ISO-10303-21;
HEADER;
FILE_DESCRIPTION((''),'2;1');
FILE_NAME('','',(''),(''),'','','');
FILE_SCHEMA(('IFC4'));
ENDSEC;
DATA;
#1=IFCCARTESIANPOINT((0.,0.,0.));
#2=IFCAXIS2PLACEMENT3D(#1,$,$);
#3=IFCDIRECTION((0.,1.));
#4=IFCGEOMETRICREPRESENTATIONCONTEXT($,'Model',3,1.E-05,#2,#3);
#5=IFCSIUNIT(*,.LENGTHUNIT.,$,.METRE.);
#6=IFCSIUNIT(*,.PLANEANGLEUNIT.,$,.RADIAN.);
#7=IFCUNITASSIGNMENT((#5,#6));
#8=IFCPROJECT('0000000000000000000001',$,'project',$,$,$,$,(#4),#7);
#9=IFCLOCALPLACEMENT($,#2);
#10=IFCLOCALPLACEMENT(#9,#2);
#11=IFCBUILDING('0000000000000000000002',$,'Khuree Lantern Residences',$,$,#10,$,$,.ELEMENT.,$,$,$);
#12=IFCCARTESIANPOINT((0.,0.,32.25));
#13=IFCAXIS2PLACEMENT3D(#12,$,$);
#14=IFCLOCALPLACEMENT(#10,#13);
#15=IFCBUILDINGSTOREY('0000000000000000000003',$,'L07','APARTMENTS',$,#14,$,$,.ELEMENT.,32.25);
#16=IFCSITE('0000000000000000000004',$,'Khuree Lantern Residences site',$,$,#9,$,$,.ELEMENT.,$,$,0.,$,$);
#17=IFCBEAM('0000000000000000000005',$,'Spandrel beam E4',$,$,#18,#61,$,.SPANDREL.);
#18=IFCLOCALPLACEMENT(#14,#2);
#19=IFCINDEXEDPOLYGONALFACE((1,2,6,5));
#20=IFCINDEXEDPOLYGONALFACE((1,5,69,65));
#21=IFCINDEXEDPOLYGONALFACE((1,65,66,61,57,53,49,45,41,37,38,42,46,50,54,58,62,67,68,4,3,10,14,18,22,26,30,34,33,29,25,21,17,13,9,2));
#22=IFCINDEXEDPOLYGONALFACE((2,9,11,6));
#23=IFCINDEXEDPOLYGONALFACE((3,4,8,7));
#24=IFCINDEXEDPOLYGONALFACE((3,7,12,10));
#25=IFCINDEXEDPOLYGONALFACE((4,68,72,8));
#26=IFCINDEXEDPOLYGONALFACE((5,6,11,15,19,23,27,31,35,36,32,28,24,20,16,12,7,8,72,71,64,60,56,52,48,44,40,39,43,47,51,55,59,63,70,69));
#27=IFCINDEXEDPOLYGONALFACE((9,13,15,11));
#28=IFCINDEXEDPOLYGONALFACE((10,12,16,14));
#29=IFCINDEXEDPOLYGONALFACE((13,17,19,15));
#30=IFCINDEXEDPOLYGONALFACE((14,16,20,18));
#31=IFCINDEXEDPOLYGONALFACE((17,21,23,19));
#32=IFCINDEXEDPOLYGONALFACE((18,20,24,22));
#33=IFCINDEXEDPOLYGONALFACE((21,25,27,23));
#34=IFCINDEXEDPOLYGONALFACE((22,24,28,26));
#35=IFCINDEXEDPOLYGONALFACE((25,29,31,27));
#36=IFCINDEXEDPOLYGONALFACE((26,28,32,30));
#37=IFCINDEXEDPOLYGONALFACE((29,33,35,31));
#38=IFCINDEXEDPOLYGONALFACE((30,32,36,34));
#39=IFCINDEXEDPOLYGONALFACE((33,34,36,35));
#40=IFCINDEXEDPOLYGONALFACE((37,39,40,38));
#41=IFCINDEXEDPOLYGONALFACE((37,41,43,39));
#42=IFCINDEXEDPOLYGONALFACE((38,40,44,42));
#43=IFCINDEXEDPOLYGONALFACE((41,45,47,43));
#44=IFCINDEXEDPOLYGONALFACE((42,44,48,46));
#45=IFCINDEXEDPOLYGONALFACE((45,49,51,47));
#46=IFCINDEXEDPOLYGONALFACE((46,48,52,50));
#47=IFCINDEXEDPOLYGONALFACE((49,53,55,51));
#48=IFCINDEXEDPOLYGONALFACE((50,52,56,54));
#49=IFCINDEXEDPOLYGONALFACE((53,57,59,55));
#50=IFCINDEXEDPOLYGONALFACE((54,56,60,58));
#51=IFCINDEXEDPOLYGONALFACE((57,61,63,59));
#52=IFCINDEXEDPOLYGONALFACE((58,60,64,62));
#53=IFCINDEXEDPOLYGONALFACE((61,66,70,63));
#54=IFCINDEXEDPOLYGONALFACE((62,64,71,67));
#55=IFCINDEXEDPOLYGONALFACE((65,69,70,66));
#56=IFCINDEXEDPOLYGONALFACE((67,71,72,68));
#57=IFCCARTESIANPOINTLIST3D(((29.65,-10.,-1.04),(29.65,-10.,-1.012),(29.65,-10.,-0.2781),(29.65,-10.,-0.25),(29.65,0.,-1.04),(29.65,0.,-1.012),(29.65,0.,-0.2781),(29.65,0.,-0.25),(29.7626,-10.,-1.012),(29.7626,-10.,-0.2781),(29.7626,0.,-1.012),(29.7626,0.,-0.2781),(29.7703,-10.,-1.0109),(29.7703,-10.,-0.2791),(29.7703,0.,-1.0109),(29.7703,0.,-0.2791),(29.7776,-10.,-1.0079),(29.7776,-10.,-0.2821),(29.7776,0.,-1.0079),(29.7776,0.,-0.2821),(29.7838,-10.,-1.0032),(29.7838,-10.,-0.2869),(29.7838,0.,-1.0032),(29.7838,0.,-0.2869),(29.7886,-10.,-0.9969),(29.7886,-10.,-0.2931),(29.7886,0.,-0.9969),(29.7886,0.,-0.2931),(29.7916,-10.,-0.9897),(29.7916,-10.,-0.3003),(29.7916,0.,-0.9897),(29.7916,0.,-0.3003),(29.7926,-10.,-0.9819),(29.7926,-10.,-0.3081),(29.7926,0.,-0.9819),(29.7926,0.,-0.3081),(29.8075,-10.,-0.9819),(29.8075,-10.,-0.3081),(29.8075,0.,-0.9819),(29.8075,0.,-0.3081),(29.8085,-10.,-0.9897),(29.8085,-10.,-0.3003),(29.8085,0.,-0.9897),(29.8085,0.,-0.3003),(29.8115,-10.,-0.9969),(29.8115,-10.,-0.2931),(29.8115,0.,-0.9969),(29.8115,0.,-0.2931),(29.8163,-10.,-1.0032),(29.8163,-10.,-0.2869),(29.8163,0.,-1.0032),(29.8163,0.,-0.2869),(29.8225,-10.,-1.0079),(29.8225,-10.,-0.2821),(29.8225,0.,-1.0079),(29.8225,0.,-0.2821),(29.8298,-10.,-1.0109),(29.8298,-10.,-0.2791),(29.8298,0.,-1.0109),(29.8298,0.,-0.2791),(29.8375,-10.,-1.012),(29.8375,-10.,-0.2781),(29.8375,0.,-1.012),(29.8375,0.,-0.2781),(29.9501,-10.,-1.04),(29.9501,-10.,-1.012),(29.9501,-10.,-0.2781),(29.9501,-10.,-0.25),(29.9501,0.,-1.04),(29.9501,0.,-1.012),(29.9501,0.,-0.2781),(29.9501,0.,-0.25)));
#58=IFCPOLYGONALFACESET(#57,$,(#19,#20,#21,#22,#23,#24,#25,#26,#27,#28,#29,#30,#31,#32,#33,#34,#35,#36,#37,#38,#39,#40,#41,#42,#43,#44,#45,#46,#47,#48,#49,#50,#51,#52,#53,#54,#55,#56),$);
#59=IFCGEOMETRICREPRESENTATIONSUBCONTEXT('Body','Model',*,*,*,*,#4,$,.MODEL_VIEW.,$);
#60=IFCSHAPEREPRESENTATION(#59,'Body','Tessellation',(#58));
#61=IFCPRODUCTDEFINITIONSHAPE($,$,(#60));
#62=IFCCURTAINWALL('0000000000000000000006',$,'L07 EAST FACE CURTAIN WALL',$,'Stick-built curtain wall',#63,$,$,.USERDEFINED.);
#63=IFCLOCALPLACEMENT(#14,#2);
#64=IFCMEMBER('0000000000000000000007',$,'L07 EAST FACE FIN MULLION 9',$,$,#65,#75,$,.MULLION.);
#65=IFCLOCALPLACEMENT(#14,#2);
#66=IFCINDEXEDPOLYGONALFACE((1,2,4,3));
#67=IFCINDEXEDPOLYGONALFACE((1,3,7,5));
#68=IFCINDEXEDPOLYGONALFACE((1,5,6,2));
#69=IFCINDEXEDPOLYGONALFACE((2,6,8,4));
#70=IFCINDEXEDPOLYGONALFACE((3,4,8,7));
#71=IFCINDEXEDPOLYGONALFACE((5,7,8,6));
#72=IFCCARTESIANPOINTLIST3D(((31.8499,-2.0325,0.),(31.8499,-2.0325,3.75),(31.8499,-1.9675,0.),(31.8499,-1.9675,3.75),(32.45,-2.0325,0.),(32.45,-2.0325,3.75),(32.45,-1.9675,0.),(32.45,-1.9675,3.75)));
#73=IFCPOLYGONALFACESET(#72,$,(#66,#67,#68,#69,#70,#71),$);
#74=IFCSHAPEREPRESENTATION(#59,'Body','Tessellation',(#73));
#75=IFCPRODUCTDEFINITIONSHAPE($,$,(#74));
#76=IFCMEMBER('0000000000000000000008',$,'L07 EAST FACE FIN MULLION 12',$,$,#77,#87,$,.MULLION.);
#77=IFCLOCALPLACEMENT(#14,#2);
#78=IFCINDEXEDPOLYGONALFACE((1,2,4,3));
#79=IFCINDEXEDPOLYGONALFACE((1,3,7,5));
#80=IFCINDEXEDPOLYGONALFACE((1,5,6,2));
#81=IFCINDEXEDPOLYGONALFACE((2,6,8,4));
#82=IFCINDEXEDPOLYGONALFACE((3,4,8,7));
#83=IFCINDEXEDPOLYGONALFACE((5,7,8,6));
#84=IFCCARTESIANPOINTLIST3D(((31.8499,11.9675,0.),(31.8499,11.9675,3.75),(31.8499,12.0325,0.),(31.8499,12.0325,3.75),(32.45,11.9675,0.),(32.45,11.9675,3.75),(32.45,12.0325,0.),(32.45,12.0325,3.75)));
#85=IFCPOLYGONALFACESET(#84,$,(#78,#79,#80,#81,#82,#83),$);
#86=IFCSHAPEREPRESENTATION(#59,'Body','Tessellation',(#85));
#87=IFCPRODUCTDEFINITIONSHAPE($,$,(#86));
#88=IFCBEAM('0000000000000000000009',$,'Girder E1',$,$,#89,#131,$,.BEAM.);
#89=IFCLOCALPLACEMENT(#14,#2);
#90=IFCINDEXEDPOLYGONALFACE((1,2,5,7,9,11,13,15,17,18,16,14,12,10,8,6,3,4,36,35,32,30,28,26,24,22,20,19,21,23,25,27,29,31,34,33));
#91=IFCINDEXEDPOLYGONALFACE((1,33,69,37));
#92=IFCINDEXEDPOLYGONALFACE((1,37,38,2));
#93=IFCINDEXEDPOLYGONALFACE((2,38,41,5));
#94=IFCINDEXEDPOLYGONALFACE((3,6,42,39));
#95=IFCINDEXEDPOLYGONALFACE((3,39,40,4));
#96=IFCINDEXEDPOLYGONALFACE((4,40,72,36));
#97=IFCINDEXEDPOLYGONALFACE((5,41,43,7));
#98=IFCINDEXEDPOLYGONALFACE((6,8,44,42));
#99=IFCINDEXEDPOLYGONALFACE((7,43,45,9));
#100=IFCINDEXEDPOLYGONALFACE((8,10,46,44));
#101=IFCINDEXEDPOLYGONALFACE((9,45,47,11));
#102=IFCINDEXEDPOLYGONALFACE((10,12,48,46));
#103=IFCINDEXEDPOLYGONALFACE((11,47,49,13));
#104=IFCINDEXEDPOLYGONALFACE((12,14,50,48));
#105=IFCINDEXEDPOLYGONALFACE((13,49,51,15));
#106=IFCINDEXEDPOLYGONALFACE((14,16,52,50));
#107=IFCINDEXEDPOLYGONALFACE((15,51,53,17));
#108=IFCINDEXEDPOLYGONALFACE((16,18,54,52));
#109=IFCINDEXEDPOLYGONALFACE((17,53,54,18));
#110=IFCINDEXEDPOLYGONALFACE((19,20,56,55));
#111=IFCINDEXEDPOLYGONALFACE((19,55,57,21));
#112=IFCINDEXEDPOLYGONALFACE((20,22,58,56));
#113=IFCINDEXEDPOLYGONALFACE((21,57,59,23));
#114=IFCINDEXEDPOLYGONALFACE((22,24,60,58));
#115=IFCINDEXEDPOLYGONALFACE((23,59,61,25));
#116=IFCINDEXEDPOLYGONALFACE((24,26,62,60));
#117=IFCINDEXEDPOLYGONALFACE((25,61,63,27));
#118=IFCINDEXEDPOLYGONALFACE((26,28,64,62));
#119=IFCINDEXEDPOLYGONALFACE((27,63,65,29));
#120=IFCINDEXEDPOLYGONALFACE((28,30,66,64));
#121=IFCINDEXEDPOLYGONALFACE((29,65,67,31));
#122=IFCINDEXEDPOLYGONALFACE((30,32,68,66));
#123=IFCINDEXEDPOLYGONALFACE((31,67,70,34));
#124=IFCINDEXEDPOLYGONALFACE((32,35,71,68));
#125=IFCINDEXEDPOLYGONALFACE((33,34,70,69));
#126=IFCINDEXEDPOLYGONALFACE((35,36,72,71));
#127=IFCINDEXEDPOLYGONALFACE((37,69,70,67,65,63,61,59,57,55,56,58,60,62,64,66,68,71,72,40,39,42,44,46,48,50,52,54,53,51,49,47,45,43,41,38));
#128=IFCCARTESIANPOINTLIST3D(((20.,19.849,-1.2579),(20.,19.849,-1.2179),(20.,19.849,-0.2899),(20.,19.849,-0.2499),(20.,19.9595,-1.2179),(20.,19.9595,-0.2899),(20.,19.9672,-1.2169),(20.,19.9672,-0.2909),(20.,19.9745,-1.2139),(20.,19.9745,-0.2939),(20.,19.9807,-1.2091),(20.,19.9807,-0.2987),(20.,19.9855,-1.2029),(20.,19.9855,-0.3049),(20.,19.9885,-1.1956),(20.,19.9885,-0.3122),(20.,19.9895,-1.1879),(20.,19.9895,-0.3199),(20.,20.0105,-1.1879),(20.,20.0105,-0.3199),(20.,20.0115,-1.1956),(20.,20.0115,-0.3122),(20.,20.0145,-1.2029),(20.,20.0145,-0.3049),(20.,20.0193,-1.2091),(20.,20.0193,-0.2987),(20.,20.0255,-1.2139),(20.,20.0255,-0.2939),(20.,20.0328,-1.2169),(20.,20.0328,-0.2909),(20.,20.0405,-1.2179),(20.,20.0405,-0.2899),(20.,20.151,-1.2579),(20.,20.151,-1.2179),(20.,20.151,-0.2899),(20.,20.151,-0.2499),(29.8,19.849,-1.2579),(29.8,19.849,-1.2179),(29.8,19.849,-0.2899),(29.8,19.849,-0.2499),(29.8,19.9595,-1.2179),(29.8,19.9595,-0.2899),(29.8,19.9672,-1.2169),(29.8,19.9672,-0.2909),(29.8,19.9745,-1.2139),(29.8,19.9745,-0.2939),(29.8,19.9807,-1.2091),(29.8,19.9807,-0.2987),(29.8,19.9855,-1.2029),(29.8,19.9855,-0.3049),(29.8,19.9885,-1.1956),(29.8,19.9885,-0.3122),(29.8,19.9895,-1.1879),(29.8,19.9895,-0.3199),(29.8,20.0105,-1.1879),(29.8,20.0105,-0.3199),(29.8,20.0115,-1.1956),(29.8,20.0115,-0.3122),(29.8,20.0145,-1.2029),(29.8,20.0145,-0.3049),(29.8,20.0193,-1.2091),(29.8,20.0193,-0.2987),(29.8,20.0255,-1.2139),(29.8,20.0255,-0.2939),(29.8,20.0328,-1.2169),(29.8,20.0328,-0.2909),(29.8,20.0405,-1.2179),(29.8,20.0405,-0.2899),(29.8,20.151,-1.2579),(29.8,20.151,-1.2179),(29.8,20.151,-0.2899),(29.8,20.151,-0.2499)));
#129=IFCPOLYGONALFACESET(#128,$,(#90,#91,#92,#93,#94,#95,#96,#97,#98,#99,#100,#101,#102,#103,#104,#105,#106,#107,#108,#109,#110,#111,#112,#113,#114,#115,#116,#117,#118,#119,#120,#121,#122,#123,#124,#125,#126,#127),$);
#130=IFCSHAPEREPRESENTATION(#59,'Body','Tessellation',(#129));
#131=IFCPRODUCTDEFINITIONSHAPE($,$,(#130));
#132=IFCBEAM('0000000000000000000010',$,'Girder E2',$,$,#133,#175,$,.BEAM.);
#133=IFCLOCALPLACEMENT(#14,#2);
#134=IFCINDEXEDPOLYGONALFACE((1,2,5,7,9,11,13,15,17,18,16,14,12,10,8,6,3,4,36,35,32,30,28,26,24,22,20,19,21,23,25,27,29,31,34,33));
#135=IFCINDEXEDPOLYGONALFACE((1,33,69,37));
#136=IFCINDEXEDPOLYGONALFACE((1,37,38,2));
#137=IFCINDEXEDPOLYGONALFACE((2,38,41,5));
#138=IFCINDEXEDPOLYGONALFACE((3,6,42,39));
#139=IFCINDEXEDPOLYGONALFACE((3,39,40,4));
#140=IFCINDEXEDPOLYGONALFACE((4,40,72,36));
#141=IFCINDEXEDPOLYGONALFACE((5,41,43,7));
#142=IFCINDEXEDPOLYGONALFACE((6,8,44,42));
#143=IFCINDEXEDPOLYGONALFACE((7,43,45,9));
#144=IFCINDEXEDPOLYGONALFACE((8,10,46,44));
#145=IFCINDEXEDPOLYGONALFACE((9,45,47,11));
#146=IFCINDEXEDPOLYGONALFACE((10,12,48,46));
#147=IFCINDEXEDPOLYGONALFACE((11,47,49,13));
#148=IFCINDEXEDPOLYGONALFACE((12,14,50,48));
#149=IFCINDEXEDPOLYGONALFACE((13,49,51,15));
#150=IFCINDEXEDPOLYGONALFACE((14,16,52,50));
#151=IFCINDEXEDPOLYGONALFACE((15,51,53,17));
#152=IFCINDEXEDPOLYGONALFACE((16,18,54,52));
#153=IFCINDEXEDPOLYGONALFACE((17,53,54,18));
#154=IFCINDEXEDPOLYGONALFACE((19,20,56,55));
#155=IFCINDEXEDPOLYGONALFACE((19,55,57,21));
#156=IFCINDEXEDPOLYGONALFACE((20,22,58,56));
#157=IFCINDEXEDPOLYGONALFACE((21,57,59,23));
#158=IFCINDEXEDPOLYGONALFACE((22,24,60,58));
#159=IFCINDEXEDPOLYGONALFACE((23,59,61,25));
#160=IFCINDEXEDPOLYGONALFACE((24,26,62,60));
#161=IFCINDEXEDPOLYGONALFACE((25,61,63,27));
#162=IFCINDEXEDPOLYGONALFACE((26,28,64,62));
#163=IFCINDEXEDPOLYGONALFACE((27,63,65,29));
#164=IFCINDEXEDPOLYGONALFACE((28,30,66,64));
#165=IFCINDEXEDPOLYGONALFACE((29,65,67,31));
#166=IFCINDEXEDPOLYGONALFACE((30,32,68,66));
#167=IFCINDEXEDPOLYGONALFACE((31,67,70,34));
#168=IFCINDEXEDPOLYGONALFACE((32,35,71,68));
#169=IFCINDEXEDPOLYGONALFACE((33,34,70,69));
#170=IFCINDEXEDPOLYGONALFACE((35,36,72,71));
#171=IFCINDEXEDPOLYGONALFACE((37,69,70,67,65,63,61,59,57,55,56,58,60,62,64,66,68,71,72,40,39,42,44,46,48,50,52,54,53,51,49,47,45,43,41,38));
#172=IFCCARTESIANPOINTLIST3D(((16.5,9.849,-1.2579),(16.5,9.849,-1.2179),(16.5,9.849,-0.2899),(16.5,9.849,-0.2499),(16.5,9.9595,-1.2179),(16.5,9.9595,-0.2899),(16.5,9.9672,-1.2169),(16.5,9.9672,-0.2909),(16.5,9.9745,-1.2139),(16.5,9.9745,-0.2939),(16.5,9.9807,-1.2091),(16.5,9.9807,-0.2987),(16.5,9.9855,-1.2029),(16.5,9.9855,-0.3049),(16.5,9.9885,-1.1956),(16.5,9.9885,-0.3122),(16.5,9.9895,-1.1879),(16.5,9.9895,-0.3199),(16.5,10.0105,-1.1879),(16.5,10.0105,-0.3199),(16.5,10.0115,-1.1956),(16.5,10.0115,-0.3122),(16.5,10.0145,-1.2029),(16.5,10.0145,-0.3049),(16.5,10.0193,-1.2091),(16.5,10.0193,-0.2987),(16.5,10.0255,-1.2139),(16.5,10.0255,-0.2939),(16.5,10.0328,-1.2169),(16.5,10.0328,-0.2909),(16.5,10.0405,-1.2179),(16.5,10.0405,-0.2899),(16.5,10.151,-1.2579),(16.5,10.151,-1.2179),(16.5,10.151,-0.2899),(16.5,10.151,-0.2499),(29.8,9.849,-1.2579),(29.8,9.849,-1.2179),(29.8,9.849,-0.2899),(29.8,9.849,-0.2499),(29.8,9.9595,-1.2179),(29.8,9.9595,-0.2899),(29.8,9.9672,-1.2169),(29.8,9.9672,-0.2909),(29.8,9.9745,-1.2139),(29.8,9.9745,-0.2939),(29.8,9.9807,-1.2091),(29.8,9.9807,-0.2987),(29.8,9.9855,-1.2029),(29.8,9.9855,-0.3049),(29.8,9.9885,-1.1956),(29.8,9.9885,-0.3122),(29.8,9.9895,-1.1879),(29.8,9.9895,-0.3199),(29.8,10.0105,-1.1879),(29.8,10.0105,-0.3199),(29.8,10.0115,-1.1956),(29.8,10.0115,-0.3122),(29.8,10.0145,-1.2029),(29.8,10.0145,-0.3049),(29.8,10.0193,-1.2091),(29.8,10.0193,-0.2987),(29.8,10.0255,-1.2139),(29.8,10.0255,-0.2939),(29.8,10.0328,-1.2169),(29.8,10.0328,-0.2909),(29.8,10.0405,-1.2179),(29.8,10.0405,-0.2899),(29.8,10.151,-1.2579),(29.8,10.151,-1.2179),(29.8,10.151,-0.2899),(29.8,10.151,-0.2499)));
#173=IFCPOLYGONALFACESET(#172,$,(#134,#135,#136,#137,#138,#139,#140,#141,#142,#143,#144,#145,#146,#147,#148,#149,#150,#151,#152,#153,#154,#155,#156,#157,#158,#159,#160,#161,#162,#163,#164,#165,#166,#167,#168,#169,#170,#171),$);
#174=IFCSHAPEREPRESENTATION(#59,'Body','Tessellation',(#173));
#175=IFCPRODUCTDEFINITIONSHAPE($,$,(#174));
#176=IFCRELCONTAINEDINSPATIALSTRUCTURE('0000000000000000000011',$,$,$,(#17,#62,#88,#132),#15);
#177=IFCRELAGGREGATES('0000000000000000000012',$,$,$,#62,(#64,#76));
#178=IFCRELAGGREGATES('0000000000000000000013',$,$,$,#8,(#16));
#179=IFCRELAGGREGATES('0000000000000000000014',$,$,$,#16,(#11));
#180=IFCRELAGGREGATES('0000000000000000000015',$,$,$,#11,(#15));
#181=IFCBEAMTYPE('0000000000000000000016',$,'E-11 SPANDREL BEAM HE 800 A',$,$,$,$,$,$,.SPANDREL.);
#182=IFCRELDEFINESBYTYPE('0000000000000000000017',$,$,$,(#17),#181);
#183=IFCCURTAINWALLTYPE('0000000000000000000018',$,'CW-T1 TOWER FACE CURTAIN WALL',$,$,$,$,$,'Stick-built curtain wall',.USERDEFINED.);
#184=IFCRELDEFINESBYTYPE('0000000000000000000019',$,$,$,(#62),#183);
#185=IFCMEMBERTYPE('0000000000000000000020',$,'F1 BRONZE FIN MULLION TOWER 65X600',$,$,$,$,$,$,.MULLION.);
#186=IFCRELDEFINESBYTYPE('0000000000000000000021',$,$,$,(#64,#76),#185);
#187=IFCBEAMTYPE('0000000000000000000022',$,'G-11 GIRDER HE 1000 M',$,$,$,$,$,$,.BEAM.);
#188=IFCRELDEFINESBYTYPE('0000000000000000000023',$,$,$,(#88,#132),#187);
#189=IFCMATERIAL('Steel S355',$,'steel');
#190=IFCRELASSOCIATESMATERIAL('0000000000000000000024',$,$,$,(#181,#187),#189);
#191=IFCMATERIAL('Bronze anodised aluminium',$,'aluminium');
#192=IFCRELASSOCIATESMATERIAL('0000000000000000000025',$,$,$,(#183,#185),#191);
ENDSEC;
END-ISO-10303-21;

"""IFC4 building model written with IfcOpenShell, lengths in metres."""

from ifc_helpers import new_model, si_unit, direction, frame, origin, origin_2d, place, context, subcontext, project, spatial, rectangle, i_section, extrude, material, material_profile, profile_set, type_object, element, aggregate, save


model = new_model("IFC4")

# Units and contexts
model_context = context("Model", 3, precision=1e-05, world=origin(), true_north=direction((0.0, 1.0)))
body_context = subcontext(model_context, "Body", "Model", "MODEL_VIEW")
ifc_project = project(units=[si_unit("LENGTHUNIT", "METRE"), si_unit("PLANEANGLEUNIT", "RADIAN")], contexts=[model_context])

# Site, building, storey
site_placement = place(None, origin())
site = spatial("IfcSite", under=ifc_project, at=site_placement, Name="Khuree Lantern Residences site", CompositionType="ELEMENT", RefElevation=0.0)
building_placement = place(site_placement, origin())
building = spatial("IfcBuilding", under=site, at=building_placement, Name="Khuree Lantern Residences", CompositionType="ELEMENT")
storey_placement = place(building_placement, frame((0.0, 0.0, 32.25)))
storey = spatial("IfcBuildingStorey", under=building, at=storey_placement, Name="L07", Description="APARTMENTS", CompositionType="ELEMENT", Elevation=32.25)

# Beam
ifc_material_1 = material(Name="Steel S355", Category="steel")
ifc_material_profile_1 = material_profile(ifc_material_1, i_section(OverallWidth=0.3, OverallDepth=0.79, WebThickness=0.0149, FlangeThickness=0.0281, FilletRadius=0.03, at=origin_2d()), Name="HE 800 A")
ifc_profile_set_1 = profile_set([ifc_material_profile_1], Name="Steel S355")
beam_type_1 = type_object("IfcBeamType", Name="E-11 SPANDREL BEAM HE 800 A", PredefinedType="SPANDREL", material=ifc_profile_set_1)
for number, where, z_axis, x_axis, name in (
    (1, (29.8, 0.0, -0.645), (0.0, -1.0, 0.0), (1.0, 0.0, 0.0), "Spandrel beam E4"),
):
    element("IfcBeam", number, at=place(storey_placement, frame(where, z_axis=z_axis, x_axis=x_axis)), inside=storey, type_object=beam_type_1, Name=name, PredefinedType="SPANDREL", context=body_context, shape_type="SweptSolid", body=[
        extrude(i_section(OverallWidth=0.3, OverallDepth=0.79, WebThickness=0.0149, FlangeThickness=0.0281, FilletRadius=0.03, at=origin_2d()), origin(), (0.0, 0.0, 1.0), 10.0),
    ])

# Curtain wall, members
ifc_material_2 = material(Name="Bronze anodised aluminium", Category="aluminium")
curtain_wall_type = type_object("IfcCurtainWallType", Name="CW-T1 TOWER FACE CURTAIN WALL", ElementType="Stick-built curtain wall", PredefinedType="USERDEFINED", material=ifc_material_2)
curtain_wall_placement = place(storey_placement, origin())
curtain_wall = element("IfcCurtainWall", 2, at=curtain_wall_placement, inside=storey, type_object=curtain_wall_type, Name="L07 EAST FACE CURTAIN WALL", ObjectType="Stick-built curtain wall", PredefinedType="USERDEFINED")
ifc_material_profile_2 = material_profile(ifc_material_2, rectangle(XDim=0.0649, YDim=0.6001, at=origin_2d()), Name="F1 65X600")
ifc_profile_set_2 = profile_set([ifc_material_profile_2], Name="Bronze anodised aluminium")
member_type_1 = type_object("IfcMemberType", Name="F1 BRONZE FIN MULLION TOWER 65X600", PredefinedType="MULLION", material=ifc_profile_set_2)
member_1_placement = place(storey_placement, frame((32.1499, -2.0, 0.0), z_axis=(0.0, 0.0, 1.0), x_axis=(0.0, 1.0, 0.0)))
member_1 = element("IfcMember", 3, at=member_1_placement, type_object=member_type_1, Name="L07 EAST FACE FIN MULLION 9", PredefinedType="MULLION", context=body_context, shape_type="SweptSolid", body=[
    extrude(rectangle(XDim=0.0649, YDim=0.6001, at=origin_2d()), origin(), (0.0, 0.0, 1.0), 3.75),
])
member_2_placement = place(storey_placement, frame((32.1499, 12.0, 0.0), z_axis=(0.0, 0.0, 1.0), x_axis=(0.0, 1.0, 0.0)))
member_2 = element("IfcMember", 4, at=member_2_placement, type_object=member_type_1, Name="L07 EAST FACE FIN MULLION 12", PredefinedType="MULLION", context=body_context, shape_type="SweptSolid", body=[
    extrude(rectangle(XDim=0.0649, YDim=0.6001, at=origin_2d()), origin(), (0.0, 0.0, 1.0), 3.75),
])

# Beams
ifc_material_profile_3 = material_profile(ifc_material_1, i_section(OverallWidth=0.302, OverallDepth=1.0081, WebThickness=0.021, FlangeThickness=0.04, FilletRadius=0.03, at=origin_2d()), Name="HE 1000 M")
ifc_profile_set_3 = profile_set([ifc_material_profile_3], Name="Steel S355")
beam_type_2 = type_object("IfcBeamType", Name="G-11 GIRDER HE 1000 M", PredefinedType="BEAM", material=ifc_profile_set_3)
beam_placement = place(storey_placement, frame((29.8, 20.0, -0.7539), z_axis=(-1.0, 0.0, 0.0), x_axis=(0.0, -1.0, 0.0)))
element("IfcBeam", 5, at=beam_placement, inside=storey, type_object=beam_type_2, Name="Girder E1", PredefinedType="BEAM", context=body_context, shape_type="SweptSolid", body=[
    extrude(i_section(OverallWidth=0.302, OverallDepth=1.0081, WebThickness=0.021, FlangeThickness=0.04, FilletRadius=0.03, at=origin_2d()), origin(), (0.0, 0.0, 1.0), 9.8),
])
for number, where, z_axis, x_axis, name in (
    (6, (29.8, 10.0, -0.7539), (-1.0, 0.0, 0.0), (0.0, -1.0, 0.0), "Girder E2"),
):
    element("IfcBeam", number, at=place(storey_placement, frame(where, z_axis=z_axis, x_axis=x_axis)), inside=storey, type_object=beam_type_2, Name=name, PredefinedType="BEAM", context=body_context, shape_type="SweptSolid", body=[
        extrude(i_section(OverallWidth=0.302, OverallDepth=1.0081, WebThickness=0.021, FlangeThickness=0.04, FilletRadius=0.03, at=origin_2d()), origin(), (0.0, 0.0, 1.0), 13.3),
    ])

aggregate(curtain_wall, [member_1, member_2])

save(model, "model.ifc")
